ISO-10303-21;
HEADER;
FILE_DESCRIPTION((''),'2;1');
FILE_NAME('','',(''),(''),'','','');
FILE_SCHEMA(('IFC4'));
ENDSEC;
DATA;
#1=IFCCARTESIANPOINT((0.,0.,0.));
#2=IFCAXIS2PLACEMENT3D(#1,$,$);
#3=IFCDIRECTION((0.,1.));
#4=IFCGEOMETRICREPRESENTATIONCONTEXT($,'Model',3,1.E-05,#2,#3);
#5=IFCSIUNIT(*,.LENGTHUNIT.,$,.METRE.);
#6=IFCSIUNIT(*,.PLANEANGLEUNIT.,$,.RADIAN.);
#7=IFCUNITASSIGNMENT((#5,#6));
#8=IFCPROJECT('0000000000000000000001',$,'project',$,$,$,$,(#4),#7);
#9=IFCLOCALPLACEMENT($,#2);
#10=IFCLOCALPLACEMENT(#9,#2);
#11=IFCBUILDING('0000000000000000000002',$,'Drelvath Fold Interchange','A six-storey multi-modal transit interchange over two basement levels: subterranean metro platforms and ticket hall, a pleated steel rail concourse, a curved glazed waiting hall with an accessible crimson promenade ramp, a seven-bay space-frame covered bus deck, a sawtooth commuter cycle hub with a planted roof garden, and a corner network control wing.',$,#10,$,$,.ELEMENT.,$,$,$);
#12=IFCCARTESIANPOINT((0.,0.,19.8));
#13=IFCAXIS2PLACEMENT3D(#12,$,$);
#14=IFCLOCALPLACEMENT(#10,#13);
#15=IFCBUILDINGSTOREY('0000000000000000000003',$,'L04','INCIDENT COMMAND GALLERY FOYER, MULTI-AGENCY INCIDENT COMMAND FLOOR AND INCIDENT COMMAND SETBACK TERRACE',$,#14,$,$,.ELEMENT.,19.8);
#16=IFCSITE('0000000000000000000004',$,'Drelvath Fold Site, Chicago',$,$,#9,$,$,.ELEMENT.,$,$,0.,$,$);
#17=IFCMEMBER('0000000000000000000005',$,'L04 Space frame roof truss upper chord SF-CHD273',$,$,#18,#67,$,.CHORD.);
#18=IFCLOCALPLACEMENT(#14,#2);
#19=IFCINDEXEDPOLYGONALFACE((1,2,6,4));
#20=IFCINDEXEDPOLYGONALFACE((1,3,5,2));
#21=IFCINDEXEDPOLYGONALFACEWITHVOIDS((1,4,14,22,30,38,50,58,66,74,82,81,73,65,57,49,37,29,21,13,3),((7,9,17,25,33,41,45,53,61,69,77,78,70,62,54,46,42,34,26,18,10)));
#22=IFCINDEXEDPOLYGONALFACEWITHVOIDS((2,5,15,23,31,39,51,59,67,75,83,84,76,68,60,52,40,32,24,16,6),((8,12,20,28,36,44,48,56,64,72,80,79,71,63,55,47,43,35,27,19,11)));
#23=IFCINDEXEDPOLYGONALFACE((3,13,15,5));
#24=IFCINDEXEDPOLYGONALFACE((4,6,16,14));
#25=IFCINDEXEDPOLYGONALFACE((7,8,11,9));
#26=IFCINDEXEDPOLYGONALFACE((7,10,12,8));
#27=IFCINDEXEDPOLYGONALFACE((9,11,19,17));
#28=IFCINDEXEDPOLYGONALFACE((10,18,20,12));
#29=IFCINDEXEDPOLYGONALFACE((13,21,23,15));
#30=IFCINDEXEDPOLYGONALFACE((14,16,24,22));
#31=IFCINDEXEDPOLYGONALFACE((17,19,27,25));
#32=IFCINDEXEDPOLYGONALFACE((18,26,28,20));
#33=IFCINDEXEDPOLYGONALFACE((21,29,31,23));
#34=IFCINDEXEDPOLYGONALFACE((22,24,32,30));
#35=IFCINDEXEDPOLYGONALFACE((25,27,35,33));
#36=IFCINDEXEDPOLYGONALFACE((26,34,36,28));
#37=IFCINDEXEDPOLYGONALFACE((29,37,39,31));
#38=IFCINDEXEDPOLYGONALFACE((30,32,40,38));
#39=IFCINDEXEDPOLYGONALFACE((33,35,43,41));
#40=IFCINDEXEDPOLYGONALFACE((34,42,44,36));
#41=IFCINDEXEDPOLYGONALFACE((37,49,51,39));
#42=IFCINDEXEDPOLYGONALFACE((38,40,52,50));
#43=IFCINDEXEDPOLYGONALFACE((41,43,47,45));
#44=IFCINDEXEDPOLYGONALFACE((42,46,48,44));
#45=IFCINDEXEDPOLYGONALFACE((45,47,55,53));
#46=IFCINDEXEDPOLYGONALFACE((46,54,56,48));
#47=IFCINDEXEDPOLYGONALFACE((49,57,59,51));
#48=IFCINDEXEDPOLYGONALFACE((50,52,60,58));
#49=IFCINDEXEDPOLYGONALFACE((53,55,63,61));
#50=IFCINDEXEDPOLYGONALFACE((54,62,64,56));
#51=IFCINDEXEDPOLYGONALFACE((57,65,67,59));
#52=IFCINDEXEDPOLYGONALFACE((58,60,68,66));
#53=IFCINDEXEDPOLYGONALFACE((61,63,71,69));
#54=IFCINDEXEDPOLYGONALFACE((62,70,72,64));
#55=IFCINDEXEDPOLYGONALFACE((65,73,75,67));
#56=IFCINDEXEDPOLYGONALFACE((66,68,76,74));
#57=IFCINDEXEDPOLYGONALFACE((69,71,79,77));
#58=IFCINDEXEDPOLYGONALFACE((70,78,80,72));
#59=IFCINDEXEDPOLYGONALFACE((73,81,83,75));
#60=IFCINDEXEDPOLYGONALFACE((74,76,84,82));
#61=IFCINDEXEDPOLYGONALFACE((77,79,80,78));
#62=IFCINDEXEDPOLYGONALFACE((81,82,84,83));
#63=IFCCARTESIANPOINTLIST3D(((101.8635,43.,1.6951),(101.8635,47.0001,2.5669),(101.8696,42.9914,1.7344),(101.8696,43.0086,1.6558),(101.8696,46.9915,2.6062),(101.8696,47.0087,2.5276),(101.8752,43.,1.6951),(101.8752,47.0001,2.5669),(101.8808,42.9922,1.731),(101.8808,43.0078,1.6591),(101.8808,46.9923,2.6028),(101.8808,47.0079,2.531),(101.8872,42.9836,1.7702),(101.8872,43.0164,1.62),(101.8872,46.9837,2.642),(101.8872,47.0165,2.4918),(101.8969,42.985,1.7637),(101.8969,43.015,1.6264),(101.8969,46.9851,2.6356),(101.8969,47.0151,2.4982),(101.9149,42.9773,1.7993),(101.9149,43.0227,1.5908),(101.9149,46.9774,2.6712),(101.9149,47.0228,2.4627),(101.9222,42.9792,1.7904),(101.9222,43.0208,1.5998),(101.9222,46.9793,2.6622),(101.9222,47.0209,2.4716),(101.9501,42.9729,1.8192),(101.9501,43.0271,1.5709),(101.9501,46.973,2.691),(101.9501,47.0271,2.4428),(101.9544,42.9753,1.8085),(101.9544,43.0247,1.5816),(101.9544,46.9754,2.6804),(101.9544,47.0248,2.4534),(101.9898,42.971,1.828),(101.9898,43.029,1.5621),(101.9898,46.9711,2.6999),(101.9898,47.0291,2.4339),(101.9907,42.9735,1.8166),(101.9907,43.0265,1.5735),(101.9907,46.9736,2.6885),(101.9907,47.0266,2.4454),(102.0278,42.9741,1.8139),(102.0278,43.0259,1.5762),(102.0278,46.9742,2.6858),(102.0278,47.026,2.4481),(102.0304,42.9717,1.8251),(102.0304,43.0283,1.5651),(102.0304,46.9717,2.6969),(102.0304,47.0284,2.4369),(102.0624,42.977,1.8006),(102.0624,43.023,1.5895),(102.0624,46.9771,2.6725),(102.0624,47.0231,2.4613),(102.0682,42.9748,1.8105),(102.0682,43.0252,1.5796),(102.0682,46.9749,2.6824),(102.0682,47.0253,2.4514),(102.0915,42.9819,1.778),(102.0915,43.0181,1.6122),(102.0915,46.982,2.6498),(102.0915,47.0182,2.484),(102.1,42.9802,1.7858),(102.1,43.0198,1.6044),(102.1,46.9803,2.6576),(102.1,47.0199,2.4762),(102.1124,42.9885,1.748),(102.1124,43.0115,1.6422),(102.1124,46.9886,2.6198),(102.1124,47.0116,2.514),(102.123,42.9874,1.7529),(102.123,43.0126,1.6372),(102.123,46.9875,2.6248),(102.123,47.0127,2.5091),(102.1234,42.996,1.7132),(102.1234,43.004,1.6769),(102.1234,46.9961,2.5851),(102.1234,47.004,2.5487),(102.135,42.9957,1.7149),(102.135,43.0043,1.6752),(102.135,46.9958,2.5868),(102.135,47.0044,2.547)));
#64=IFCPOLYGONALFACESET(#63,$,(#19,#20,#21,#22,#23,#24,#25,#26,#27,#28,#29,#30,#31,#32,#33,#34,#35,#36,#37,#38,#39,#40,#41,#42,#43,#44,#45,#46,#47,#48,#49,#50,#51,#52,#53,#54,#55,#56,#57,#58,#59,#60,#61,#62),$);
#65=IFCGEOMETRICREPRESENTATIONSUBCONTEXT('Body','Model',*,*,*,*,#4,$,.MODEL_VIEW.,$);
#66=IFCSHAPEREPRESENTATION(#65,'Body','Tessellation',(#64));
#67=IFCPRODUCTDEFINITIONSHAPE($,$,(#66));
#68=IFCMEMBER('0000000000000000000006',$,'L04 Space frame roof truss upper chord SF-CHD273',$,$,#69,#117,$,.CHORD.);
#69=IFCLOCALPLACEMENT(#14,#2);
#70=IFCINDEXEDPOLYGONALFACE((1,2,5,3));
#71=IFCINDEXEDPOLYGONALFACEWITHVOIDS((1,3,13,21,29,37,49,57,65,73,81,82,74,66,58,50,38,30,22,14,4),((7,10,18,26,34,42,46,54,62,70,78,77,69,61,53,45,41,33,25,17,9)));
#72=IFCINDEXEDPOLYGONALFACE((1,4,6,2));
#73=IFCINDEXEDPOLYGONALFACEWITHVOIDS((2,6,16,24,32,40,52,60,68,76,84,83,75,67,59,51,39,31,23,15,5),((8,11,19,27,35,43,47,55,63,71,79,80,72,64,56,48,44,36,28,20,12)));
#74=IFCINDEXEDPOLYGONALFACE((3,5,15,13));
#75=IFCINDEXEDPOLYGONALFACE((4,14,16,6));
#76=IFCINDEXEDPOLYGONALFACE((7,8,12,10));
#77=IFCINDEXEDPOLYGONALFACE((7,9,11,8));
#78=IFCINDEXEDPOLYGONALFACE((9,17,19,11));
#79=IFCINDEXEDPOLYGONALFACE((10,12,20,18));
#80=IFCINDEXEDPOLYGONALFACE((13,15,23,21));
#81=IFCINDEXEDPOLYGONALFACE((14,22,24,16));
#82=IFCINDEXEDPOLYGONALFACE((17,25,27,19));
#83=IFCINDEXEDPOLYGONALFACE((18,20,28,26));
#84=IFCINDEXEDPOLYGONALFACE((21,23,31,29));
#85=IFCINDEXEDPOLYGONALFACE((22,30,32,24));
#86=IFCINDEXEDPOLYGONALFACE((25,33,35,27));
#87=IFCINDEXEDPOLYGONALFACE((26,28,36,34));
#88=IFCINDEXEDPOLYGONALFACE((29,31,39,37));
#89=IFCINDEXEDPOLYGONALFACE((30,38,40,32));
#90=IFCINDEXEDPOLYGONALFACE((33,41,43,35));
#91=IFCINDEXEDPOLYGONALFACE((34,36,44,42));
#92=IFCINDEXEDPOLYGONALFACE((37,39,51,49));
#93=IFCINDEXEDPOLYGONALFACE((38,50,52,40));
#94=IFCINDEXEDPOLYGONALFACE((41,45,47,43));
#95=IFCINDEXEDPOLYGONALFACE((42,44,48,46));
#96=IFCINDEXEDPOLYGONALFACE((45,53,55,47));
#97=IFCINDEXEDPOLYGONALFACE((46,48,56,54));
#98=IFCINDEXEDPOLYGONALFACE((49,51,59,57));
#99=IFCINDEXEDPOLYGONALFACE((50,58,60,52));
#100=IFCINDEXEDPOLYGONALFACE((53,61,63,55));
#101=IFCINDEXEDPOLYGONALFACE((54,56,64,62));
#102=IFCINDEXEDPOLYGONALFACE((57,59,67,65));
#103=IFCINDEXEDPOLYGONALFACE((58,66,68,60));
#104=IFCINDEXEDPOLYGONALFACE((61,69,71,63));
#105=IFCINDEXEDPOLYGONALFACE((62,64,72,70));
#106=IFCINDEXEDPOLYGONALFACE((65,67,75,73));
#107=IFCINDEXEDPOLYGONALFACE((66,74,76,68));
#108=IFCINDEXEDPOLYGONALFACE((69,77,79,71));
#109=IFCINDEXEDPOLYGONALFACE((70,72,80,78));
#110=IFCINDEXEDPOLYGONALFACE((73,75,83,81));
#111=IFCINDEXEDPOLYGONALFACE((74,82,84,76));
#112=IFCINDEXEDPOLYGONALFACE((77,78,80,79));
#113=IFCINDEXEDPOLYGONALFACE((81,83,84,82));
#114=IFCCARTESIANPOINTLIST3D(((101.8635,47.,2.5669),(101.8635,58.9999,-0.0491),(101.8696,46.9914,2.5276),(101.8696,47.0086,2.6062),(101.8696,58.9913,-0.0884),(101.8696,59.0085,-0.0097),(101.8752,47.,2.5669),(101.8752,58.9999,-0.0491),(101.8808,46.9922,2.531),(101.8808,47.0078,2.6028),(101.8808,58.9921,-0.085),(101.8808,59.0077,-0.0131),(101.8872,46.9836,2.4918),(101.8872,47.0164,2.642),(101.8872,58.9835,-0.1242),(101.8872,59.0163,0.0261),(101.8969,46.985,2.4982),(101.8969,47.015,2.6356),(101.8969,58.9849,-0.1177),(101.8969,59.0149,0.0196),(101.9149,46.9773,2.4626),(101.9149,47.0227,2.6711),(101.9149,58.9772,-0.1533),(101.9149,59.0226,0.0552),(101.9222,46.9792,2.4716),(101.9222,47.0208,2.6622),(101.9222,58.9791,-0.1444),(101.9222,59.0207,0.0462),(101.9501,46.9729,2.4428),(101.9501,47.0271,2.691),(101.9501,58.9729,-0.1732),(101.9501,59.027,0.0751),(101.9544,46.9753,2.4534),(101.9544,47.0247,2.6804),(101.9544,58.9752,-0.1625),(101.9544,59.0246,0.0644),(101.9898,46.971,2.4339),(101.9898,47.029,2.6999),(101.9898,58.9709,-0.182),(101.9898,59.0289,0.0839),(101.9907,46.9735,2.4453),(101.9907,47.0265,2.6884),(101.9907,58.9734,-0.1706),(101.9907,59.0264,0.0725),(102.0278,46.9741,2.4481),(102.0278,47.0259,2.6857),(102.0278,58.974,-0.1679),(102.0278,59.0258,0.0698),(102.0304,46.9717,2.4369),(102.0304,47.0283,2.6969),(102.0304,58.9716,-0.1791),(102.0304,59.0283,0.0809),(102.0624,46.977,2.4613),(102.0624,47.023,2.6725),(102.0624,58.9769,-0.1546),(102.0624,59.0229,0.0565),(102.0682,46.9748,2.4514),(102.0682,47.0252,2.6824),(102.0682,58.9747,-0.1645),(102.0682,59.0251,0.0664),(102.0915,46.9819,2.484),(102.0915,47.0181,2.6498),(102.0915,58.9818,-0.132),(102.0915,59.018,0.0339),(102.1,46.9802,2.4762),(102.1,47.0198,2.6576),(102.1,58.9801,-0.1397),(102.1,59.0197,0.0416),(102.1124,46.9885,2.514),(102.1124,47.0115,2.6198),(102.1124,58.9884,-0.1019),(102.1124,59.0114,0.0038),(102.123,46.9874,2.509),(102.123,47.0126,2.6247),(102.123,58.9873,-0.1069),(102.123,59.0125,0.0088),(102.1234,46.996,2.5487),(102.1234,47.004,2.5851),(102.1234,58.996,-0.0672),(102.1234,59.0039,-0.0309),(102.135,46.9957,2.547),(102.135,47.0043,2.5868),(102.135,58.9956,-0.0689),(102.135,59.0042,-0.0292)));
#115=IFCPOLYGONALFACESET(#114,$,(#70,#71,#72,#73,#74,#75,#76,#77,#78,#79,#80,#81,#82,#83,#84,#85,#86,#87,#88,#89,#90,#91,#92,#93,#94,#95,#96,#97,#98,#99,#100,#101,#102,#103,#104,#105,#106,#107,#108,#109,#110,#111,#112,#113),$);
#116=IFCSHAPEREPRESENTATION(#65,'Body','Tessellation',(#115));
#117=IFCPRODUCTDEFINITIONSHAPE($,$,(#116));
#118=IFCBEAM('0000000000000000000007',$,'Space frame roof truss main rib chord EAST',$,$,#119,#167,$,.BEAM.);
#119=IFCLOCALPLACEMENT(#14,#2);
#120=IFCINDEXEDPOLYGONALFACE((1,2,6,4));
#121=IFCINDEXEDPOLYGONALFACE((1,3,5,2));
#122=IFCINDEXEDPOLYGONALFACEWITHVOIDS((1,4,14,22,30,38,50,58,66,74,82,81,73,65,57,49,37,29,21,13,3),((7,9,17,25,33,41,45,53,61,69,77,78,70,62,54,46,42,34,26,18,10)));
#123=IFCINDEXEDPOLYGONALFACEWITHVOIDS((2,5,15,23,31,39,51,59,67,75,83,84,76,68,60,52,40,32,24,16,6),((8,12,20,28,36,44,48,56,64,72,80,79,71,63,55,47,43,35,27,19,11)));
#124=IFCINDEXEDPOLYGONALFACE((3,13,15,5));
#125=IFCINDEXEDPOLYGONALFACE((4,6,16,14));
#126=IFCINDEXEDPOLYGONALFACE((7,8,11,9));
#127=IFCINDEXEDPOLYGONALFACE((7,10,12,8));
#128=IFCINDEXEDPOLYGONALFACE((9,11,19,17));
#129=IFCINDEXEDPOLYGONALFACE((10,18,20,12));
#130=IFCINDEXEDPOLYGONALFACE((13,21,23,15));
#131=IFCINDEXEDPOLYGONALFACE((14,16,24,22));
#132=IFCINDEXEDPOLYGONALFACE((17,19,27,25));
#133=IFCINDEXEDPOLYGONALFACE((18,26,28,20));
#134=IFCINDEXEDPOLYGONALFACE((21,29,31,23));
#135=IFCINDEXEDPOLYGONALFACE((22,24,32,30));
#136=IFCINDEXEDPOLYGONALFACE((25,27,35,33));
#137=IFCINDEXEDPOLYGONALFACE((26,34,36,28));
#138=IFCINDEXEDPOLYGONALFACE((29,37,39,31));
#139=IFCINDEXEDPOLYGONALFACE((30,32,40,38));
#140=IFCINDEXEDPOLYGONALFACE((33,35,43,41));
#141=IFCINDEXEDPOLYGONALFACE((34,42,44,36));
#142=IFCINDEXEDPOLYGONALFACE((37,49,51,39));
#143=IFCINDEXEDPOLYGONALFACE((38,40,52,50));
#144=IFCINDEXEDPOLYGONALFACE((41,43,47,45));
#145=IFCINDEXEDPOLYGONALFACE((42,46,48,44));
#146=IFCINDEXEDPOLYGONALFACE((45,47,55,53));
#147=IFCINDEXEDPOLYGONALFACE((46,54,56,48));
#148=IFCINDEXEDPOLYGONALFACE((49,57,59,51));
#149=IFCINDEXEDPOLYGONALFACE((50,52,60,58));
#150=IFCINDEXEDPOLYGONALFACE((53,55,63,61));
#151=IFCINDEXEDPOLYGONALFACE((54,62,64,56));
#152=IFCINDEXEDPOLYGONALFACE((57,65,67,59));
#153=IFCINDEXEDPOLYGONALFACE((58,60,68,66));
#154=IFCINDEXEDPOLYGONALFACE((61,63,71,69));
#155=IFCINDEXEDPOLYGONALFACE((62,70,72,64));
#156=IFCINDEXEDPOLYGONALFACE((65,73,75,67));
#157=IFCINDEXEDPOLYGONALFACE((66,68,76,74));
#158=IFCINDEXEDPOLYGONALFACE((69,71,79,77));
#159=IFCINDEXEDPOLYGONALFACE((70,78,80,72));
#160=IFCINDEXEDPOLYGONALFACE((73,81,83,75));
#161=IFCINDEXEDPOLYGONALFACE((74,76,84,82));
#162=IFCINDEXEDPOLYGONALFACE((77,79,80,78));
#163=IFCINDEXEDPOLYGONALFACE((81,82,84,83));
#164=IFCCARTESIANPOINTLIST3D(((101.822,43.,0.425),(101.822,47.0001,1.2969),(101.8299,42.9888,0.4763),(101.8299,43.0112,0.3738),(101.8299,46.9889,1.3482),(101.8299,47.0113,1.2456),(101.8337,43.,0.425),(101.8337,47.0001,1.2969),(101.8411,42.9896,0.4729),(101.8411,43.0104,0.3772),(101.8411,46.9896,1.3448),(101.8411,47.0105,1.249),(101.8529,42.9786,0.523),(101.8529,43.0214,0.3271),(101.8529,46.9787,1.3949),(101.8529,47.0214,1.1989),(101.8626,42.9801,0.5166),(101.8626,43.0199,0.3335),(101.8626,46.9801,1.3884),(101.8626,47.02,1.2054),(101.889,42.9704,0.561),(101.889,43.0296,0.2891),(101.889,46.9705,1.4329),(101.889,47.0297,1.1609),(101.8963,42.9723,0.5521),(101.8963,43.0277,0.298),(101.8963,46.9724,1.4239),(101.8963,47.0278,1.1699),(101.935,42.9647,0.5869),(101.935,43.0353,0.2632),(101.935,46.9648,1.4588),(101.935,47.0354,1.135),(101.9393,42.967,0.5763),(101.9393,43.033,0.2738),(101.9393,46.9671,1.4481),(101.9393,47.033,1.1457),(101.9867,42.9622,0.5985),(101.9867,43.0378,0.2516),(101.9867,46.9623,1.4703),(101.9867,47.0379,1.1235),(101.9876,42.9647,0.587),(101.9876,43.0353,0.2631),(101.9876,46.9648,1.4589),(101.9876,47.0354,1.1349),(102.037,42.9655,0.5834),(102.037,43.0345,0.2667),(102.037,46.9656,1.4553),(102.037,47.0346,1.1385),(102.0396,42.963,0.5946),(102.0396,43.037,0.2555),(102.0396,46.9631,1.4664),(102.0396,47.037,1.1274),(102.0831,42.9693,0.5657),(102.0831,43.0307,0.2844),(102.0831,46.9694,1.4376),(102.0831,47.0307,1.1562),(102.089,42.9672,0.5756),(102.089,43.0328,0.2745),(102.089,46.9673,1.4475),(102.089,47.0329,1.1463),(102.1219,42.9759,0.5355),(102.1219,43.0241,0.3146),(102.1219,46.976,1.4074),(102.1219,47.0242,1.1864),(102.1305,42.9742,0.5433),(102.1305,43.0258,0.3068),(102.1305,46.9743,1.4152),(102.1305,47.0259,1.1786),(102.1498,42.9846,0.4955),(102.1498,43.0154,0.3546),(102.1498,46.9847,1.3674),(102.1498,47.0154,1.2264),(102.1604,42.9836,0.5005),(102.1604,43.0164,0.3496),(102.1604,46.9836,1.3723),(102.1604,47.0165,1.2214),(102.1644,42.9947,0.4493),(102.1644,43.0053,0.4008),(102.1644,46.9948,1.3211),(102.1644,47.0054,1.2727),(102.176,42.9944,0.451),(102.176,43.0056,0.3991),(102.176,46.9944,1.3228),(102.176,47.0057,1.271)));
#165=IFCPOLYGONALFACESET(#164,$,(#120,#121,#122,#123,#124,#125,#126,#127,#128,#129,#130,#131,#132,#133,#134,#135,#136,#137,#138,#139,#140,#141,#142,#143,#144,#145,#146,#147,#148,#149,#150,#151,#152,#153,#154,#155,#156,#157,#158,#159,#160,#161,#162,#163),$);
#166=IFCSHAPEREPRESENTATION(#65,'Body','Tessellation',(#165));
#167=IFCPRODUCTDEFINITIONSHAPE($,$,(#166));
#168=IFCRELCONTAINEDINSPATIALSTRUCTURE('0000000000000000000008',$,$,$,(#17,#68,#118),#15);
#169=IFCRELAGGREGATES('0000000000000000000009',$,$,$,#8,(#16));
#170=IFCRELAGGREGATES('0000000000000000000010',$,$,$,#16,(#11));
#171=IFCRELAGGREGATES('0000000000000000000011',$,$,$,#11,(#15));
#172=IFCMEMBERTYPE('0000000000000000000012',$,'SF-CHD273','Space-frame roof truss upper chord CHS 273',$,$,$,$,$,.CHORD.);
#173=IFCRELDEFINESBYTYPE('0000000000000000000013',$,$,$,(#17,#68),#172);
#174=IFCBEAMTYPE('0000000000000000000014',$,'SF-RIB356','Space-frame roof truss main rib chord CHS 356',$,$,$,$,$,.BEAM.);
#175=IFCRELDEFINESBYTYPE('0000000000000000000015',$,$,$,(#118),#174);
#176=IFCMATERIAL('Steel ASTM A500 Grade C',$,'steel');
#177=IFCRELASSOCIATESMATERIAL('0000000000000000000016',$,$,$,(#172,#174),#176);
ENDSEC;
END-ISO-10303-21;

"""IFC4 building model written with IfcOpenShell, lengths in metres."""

from ifc_helpers import new_model, si_unit, direction, frame, origin, origin_2d, place, context, subcontext, project, spatial, hollow_circle, extrude, material, material_profile, profile_set, type_object, element, save


model = new_model("IFC4")

# Units and contexts
model_context = context("Model", 3, precision=1e-05, world=origin(), true_north=direction((0.0, 1.0)))
body_context = subcontext(model_context, "Body", "Model", "MODEL_VIEW")
ifc_project = project(units=[si_unit("LENGTHUNIT", "METRE"), si_unit("PLANEANGLEUNIT", "RADIAN")], contexts=[model_context])

# Site, building, storey
site_placement = place(None, origin())
site = spatial("IfcSite", under=ifc_project, at=site_placement, Name="Drelvath Fold Site, Chicago", CompositionType="ELEMENT", RefElevation=0.0)
building_placement = place(site_placement, origin())
building = spatial("IfcBuilding", under=site, at=building_placement, Name="Drelvath Fold Interchange", Description="A six-storey multi-modal transit interchange over two basement levels: subterranean metro platforms and ticket hall, a pleated steel rail concourse, a curved glazed waiting hall with an accessible crimson promenade ramp, a seven-bay space-frame covered bus deck, a sawtooth commuter cycle hub with a planted roof garden, and a corner network control wing.", CompositionType="ELEMENT")
storey_placement = place(building_placement, frame((0.0, 0.0, 19.8)))
storey = spatial("IfcBuildingStorey", under=building, at=storey_placement, Name="L04", Description="INCIDENT COMMAND GALLERY FOYER, MULTI-AGENCY INCIDENT COMMAND FLOOR AND INCIDENT COMMAND SETBACK TERRACE", CompositionType="ELEMENT", Elevation=19.8)

# Members
ifc_material_1 = material(Name="Steel ASTM A500 Grade C", Category="steel")
ifc_material_profile_1 = material_profile(ifc_material_1, hollow_circle(Radius=0.1365, WallThickness=0.0117, at=origin_2d()), Name="HSS10.750X0.500")
ifc_profile_set_1 = profile_set([ifc_material_profile_1], Name="Steel ASTM A500 Grade C")
member_type_1 = type_object("IfcMemberType", Name="SF-CHD273", Description="Space-frame roof truss upper chord CHS 273", PredefinedType="CHORD", material=ifc_profile_set_1)
member_1_placement = place(storey_placement, frame((102.0, 43.0, 1.6951), z_axis=(0.0, 0.977062, 0.212957), x_axis=(-1.0, 0.0, 0.0)))
element("IfcMember", 1, at=member_1_placement, inside=storey, type_object=member_type_1, Name="L04 Space frame roof truss upper chord SF-CHD273", PredefinedType="CHORD", context=body_context, shape_type="SweptSolid", body=[
    extrude(hollow_circle(Radius=0.1365, WallThickness=0.0117, at=origin_2d()), origin(), (0.0, 0.0, 1.0), 4.094),
])
member_2_placement = place(storey_placement, frame((102.0, 47.0, 2.5669), z_axis=(0.0, 0.977053, -0.212995), x_axis=(-1.0, 0.0, 0.0)))
element("IfcMember", 2, at=member_2_placement, inside=storey, type_object=member_type_1, Name="L04 Space frame roof truss upper chord SF-CHD273", PredefinedType="CHORD", context=body_context, shape_type="SweptSolid", body=[
    extrude(hollow_circle(Radius=0.1365, WallThickness=0.0117, at=origin_2d()), origin(), (0.0, 0.0, 1.0), 12.2817),
])

# Beam
ifc_material_profile_2 = material_profile(ifc_material_1, hollow_circle(Radius=0.178, WallThickness=0.0117, at=origin_2d()), Name="HSS14.000X0.500")
ifc_profile_set_2 = profile_set([ifc_material_profile_2], Name="Steel ASTM A500 Grade C")
beam_type = type_object("IfcBeamType", Name="SF-RIB356", Description="Space-frame roof truss main rib chord CHS 356", PredefinedType="BEAM", material=ifc_profile_set_2)
beam_1_placement = place(storey_placement, frame((102.0, 43.0, 0.425), z_axis=(0.0, 0.977062, 0.212957), x_axis=(-1.0, 0.0, 0.0)))
element("IfcBeam", 3, at=beam_1_placement, inside=storey, type_object=beam_type, Name="Space frame roof truss main rib chord EAST", PredefinedType="BEAM", context=body_context, shape_type="SweptSolid", body=[
    extrude(hollow_circle(Radius=0.178, WallThickness=0.0117, at=origin_2d()), origin(), (0.0, 0.0, 1.0), 4.094),
])

save(model, "model.ifc")
